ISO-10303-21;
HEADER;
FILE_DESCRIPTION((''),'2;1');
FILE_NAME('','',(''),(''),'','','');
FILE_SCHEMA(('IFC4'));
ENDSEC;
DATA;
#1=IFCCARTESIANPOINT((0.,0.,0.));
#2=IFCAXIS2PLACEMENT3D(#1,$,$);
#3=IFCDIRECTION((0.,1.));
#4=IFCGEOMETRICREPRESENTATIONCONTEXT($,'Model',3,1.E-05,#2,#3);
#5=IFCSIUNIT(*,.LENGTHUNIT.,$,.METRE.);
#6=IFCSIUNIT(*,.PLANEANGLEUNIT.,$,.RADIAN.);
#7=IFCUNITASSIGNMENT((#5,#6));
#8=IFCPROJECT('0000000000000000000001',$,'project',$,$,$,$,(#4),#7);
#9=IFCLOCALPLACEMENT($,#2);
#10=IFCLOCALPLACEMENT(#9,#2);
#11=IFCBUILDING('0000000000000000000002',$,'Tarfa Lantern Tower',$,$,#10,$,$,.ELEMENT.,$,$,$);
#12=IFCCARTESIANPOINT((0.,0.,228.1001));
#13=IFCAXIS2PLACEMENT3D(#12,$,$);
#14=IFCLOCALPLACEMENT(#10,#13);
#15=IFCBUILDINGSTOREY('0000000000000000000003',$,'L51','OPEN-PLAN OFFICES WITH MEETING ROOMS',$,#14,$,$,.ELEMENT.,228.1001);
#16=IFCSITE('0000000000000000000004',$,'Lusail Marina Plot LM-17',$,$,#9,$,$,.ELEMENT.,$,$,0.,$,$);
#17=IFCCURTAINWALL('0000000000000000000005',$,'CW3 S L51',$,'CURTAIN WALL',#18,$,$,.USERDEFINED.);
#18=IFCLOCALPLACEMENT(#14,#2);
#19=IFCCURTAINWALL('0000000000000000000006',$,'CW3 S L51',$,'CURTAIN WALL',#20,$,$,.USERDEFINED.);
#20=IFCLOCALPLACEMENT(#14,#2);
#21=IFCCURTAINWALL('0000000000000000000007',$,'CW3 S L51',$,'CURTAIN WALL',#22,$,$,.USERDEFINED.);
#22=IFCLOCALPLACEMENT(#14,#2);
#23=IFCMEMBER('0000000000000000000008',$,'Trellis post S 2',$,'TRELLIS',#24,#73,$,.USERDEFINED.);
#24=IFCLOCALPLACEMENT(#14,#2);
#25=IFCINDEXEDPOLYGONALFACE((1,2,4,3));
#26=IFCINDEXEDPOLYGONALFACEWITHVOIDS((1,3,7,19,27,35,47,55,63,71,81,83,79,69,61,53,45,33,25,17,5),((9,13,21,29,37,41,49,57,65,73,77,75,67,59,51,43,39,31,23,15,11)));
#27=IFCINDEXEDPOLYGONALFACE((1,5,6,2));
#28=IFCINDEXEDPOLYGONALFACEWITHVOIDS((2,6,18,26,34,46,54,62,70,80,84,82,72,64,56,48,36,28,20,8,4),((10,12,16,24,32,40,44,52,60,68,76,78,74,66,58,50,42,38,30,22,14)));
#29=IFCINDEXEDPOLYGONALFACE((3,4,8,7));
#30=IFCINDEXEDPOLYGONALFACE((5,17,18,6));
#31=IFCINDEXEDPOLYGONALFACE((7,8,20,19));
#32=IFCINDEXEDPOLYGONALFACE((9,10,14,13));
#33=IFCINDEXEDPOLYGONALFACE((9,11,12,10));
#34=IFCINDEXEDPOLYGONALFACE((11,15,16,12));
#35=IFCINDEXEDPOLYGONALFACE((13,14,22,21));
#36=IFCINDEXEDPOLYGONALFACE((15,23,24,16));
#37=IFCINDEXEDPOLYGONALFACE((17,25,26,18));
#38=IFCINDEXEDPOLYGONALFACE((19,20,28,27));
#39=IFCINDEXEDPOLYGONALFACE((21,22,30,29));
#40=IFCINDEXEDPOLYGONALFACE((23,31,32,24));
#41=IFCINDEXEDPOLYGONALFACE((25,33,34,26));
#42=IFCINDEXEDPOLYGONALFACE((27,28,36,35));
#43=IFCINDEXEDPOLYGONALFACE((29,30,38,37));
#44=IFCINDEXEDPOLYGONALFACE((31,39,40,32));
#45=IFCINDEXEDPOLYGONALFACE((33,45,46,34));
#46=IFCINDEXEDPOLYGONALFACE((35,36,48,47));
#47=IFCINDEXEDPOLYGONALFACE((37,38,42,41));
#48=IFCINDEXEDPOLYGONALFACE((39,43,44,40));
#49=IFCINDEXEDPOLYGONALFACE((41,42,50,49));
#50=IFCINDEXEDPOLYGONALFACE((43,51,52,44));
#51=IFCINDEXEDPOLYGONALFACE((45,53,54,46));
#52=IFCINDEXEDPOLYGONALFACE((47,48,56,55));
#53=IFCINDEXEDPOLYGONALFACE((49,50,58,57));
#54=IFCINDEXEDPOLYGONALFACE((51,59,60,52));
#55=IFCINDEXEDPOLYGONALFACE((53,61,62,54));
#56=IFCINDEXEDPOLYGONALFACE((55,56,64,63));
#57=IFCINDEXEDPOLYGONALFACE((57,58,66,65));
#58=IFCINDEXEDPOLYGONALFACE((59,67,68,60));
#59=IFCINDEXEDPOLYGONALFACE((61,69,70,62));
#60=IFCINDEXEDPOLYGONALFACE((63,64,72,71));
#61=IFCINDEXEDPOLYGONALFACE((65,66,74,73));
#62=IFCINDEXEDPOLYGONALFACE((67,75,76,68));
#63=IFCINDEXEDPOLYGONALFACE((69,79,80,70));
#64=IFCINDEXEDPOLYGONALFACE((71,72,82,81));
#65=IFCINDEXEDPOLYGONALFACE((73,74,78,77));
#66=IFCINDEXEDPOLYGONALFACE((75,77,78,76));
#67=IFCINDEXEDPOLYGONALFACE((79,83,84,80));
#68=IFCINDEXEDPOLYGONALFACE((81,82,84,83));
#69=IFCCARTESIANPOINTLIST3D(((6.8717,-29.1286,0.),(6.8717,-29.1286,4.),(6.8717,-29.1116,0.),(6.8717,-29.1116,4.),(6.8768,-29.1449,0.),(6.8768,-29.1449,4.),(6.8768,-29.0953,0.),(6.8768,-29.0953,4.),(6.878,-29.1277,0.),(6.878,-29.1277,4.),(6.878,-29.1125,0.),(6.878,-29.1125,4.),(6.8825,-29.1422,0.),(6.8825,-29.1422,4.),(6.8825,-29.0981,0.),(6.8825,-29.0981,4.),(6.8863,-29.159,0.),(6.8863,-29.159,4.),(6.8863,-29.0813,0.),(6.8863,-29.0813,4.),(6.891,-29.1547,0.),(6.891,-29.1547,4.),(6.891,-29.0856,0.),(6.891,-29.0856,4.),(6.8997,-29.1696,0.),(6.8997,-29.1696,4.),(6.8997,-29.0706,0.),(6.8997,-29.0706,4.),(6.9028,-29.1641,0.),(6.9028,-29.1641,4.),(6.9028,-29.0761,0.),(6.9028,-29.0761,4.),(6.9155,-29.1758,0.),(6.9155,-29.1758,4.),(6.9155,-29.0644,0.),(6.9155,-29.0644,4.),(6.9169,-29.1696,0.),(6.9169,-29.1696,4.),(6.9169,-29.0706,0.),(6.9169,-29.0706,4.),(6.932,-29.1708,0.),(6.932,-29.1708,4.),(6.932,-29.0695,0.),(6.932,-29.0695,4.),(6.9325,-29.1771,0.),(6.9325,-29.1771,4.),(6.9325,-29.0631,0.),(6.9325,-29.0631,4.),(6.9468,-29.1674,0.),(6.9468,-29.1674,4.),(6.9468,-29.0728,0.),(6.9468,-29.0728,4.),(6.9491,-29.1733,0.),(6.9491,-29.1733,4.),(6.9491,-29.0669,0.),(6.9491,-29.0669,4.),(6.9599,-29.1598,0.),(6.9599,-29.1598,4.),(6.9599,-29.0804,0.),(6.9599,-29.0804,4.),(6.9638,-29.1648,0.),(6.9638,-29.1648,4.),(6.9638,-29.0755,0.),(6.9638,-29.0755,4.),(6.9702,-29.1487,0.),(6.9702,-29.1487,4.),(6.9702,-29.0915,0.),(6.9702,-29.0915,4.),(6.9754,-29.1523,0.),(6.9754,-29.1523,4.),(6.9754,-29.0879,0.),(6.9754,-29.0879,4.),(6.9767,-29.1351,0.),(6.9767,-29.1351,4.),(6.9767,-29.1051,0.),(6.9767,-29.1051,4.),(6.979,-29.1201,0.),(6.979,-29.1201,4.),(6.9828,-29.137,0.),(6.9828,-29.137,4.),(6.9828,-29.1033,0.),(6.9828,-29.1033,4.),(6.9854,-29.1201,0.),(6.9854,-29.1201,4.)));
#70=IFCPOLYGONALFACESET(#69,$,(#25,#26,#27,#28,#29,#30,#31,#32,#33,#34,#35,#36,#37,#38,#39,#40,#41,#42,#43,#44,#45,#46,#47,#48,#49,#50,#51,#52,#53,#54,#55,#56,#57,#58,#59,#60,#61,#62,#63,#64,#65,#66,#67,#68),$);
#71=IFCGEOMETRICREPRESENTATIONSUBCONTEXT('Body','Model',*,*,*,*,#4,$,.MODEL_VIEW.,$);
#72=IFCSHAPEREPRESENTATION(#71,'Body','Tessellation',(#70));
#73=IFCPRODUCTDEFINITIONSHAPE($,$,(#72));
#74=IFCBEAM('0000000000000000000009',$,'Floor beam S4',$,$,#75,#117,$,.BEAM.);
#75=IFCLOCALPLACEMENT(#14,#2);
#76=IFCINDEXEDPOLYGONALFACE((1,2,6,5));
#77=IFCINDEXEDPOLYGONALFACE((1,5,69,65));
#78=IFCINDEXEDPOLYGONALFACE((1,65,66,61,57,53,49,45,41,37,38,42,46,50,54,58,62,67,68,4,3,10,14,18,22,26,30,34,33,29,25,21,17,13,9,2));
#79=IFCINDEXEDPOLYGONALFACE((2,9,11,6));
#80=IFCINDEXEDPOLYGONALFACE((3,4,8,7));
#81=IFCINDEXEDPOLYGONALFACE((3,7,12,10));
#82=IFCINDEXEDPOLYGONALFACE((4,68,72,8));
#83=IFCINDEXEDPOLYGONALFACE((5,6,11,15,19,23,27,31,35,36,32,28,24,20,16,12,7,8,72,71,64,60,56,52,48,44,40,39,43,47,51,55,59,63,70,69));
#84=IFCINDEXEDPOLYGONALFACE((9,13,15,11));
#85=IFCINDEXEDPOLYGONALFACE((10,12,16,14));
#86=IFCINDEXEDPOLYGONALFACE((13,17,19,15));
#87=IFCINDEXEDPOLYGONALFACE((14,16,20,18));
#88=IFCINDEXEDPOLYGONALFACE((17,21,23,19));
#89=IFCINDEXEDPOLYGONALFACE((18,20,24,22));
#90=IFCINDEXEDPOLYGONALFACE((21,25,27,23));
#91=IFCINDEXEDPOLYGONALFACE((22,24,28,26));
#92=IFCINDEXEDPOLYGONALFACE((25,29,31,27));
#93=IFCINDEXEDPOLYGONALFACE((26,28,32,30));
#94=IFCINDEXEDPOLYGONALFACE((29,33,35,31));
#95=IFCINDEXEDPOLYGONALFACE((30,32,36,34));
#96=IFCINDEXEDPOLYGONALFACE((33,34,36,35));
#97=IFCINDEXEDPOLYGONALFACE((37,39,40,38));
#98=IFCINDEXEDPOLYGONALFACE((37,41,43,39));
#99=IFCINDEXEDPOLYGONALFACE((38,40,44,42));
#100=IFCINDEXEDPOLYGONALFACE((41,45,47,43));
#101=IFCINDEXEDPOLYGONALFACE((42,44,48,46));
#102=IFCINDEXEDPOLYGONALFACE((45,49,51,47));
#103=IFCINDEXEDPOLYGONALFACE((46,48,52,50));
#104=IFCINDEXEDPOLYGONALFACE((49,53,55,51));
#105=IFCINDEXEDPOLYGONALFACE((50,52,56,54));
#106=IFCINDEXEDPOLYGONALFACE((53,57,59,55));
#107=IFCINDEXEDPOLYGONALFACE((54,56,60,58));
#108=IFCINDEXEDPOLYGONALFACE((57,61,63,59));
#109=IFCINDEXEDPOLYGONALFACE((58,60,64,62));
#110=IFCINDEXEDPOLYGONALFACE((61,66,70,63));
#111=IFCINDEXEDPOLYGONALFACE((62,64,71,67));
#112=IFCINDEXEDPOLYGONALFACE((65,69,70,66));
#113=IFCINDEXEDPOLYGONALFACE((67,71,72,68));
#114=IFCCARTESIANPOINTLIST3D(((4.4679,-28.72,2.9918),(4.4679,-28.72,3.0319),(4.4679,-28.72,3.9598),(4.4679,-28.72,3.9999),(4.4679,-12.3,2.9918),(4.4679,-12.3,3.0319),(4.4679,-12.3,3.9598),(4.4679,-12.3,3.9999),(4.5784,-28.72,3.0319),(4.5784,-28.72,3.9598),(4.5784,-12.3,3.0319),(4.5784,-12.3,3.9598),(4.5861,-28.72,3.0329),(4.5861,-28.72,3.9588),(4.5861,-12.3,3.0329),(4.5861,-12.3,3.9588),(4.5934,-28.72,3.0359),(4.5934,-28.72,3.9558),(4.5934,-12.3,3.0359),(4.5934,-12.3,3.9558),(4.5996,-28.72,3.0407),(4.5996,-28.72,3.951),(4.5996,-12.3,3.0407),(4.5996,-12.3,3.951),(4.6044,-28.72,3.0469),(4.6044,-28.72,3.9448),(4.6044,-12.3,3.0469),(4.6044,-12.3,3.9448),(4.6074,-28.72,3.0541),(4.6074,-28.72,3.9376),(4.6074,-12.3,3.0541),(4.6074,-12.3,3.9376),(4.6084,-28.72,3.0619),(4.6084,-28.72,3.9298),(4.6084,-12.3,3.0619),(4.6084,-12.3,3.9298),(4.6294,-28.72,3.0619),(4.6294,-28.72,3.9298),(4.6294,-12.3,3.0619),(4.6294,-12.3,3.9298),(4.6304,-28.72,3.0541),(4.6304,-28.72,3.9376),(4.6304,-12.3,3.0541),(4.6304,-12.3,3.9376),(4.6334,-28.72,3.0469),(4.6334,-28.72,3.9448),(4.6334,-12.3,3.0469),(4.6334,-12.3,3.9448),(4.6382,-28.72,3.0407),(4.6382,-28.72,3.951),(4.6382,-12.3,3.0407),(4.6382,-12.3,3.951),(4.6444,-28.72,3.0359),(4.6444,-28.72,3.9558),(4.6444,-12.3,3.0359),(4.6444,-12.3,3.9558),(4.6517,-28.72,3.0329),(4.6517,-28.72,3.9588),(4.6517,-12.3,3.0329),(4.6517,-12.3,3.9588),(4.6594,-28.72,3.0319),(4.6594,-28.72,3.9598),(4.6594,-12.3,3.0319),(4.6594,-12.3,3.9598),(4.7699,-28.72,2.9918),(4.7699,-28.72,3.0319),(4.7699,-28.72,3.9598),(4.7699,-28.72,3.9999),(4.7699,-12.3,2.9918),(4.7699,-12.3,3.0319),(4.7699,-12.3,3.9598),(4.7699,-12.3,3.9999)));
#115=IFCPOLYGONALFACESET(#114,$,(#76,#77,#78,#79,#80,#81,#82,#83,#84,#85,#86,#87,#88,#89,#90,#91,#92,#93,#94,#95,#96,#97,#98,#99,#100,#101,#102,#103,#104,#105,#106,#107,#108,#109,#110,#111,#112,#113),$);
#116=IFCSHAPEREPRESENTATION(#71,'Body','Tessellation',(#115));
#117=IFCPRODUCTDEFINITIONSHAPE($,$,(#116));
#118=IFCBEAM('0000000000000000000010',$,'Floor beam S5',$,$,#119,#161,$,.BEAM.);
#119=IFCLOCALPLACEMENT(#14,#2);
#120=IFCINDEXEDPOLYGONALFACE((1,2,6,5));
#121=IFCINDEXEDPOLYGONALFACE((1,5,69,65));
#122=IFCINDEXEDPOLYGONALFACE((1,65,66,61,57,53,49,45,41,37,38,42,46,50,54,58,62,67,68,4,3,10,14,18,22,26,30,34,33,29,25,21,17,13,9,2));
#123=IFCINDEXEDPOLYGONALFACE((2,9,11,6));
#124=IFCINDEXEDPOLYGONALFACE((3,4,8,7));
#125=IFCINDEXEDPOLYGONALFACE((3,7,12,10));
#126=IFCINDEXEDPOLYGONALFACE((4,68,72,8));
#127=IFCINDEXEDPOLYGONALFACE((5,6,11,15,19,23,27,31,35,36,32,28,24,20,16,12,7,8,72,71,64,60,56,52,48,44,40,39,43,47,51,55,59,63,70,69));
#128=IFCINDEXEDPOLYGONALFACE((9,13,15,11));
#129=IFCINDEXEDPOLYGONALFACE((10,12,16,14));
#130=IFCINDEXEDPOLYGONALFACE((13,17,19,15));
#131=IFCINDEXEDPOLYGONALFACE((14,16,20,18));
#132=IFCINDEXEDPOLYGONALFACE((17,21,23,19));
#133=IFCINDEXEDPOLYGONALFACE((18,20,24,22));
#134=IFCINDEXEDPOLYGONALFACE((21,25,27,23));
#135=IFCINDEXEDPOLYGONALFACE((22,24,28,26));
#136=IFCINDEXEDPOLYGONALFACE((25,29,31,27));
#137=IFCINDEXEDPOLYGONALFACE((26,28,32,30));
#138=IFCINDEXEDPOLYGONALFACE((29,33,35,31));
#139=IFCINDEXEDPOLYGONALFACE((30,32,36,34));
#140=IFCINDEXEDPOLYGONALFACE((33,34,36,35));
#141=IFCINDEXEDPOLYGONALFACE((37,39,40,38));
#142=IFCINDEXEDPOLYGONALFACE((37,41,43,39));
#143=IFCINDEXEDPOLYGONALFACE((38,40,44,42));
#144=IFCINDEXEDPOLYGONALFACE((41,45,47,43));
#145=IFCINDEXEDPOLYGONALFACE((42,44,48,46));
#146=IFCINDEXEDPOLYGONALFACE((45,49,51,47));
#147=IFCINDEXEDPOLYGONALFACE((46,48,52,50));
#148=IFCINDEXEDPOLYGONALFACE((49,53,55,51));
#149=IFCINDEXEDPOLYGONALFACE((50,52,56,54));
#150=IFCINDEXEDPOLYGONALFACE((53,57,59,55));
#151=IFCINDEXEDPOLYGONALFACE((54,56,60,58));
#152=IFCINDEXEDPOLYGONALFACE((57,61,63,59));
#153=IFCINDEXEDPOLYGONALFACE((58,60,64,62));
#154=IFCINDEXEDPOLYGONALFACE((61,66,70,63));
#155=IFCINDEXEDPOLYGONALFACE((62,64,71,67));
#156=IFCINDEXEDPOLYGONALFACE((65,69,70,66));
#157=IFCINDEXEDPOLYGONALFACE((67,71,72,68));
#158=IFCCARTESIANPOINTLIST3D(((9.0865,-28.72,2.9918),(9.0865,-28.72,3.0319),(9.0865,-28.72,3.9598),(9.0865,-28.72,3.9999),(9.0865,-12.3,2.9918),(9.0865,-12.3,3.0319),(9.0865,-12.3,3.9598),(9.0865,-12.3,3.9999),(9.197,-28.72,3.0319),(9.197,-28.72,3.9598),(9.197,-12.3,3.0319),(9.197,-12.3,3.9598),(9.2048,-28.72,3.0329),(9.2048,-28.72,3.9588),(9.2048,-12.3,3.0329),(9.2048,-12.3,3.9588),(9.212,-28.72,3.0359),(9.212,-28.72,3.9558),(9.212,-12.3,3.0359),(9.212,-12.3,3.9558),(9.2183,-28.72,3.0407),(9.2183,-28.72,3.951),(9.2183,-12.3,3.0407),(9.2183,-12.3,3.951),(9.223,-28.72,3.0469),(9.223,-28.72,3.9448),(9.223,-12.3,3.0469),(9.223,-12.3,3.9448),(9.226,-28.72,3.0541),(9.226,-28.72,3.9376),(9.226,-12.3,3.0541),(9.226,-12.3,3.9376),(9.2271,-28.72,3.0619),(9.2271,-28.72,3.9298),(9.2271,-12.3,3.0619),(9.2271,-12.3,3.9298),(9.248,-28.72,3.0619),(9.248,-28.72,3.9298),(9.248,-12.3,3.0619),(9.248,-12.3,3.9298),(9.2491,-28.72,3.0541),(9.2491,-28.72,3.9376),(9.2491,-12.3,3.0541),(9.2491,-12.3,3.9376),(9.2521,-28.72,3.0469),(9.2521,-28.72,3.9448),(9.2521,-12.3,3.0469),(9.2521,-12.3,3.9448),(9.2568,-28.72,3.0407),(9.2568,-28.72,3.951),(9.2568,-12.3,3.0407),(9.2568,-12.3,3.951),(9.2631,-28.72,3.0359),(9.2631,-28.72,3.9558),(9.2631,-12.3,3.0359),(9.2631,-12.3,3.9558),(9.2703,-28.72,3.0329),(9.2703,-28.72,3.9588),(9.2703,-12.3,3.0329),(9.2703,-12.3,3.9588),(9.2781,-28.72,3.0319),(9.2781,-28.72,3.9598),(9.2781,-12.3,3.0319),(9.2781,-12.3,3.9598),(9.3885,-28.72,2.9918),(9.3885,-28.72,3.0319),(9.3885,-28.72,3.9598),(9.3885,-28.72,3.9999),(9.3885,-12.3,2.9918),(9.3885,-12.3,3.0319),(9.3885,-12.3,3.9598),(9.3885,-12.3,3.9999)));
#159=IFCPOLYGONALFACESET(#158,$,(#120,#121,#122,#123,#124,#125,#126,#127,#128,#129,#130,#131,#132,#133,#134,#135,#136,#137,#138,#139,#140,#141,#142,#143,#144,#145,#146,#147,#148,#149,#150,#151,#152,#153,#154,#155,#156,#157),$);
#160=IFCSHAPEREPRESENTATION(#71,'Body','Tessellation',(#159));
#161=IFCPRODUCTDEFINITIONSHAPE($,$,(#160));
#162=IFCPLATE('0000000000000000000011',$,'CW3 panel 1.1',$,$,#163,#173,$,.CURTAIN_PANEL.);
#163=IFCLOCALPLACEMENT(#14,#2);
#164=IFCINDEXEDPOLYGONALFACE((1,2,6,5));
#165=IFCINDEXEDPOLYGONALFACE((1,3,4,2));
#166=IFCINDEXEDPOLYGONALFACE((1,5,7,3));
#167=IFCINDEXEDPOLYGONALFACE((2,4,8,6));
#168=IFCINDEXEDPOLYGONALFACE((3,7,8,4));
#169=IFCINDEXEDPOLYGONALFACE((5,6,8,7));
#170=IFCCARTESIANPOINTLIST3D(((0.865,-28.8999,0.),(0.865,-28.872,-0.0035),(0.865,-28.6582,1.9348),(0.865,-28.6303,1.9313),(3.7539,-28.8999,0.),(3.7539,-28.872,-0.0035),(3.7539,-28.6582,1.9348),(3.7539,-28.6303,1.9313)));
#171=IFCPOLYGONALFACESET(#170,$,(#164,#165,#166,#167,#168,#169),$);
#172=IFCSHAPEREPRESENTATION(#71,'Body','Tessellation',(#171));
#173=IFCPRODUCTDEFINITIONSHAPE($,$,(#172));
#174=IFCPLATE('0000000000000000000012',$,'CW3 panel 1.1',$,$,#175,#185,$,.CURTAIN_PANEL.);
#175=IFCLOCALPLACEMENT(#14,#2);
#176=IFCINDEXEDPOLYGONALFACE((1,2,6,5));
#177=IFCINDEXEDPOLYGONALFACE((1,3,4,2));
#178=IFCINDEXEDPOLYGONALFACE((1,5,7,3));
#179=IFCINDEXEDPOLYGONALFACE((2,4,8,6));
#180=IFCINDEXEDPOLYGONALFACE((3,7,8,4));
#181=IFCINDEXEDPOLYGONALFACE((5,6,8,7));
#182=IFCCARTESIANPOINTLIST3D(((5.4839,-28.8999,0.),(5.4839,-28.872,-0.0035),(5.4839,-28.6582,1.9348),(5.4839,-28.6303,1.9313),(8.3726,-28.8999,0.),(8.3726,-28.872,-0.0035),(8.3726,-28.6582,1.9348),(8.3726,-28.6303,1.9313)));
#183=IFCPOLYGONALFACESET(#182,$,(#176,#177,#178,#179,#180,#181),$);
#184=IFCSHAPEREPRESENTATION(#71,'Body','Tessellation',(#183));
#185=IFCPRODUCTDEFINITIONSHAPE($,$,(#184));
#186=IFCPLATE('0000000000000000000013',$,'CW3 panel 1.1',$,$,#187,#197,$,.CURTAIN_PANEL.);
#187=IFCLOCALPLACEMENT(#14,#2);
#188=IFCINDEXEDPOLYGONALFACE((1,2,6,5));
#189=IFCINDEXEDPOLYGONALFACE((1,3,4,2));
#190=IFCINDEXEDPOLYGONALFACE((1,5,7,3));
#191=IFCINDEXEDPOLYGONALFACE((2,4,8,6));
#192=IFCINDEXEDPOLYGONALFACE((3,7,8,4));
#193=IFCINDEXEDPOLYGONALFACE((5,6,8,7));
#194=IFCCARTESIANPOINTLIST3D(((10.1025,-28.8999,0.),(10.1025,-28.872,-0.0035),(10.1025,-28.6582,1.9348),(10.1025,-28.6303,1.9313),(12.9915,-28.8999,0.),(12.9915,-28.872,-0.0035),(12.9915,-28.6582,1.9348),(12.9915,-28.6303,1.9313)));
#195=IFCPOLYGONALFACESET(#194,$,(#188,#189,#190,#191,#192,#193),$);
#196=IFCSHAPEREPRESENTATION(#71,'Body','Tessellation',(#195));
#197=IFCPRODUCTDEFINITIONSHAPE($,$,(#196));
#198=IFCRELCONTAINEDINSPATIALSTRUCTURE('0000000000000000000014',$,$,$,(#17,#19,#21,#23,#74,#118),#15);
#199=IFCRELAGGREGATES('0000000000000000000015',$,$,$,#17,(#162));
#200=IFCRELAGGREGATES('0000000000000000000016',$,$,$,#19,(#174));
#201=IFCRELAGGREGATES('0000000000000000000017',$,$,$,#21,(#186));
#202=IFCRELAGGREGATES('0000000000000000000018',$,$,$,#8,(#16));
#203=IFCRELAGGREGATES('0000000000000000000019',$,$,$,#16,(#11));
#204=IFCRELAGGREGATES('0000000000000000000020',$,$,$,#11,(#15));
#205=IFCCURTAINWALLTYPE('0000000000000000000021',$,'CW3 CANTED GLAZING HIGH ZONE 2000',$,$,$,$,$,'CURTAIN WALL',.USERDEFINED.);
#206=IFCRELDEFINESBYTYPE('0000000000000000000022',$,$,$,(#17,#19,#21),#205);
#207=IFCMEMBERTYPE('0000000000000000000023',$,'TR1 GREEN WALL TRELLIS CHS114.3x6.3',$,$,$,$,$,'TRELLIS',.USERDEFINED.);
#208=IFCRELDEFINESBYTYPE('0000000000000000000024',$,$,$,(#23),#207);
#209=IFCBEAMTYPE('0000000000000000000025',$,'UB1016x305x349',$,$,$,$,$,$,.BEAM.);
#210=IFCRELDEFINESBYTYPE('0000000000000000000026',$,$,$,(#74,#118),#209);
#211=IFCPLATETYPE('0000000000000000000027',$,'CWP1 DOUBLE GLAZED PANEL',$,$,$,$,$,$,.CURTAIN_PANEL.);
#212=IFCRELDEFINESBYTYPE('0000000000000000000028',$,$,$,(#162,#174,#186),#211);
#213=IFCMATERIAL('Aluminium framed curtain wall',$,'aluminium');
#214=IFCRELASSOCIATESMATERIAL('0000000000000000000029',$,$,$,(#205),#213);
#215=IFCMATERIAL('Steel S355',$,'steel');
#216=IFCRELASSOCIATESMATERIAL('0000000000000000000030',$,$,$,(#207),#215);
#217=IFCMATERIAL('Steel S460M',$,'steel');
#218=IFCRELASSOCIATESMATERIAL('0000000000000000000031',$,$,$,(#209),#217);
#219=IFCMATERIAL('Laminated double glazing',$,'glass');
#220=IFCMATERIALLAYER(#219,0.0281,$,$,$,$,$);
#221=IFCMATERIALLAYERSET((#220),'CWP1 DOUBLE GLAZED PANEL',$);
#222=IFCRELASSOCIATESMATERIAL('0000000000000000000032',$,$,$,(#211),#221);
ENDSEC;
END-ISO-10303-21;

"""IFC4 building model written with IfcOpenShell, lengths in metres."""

from ifc_helpers import new_model, si_unit, direction, frame, origin, origin_2d, place, context, subcontext, project, spatial, polyline, hollow_circle, i_section, outline, extrude, material, layer, layer_set, material_profile, profile_set, type_object, element, aggregate, save


model = new_model("IFC4")

# Units and contexts
model_context = context("Model", 3, precision=1e-05, world=origin(), true_north=direction((0.0, 1.0)))
body_context = subcontext(model_context, "Body", "Model", "MODEL_VIEW")
ifc_project = project(units=[si_unit("LENGTHUNIT", "METRE"), si_unit("PLANEANGLEUNIT", "RADIAN")], contexts=[model_context])

# Site, building, storey
site_placement = place(None, origin())
site = spatial("IfcSite", under=ifc_project, at=site_placement, Name="Lusail Marina Plot LM-17", CompositionType="ELEMENT", RefElevation=0.0)
building_placement = place(site_placement, origin())
building = spatial("IfcBuilding", under=site, at=building_placement, Name="Tarfa Lantern Tower", CompositionType="ELEMENT")
storey_placement = place(building_placement, frame((0.0, 0.0, 228.1001)))
storey = spatial("IfcBuildingStorey", under=building, at=storey_placement, Name="L51", Description="OPEN-PLAN OFFICES WITH MEETING ROOMS", CompositionType="ELEMENT", Elevation=228.1001)

# Curtain walls
ifc_material_1 = material(Name="Aluminium framed curtain wall", Category="aluminium")
curtain_wall_type = type_object("IfcCurtainWallType", Name="CW3 CANTED GLAZING HIGH ZONE 2000", ElementType="CURTAIN WALL", PredefinedType="USERDEFINED", material=ifc_material_1)
curtain_wall_1_placement = place(storey_placement, origin())
curtain_wall_1 = element("IfcCurtainWall", 1, at=curtain_wall_1_placement, inside=storey, type_object=curtain_wall_type, Name="CW3 S L51", ObjectType="CURTAIN WALL", PredefinedType="USERDEFINED")
curtain_wall_2_placement = place(storey_placement, origin())
curtain_wall_2 = element("IfcCurtainWall", 2, at=curtain_wall_2_placement, inside=storey, type_object=curtain_wall_type, Name="CW3 S L51", ObjectType="CURTAIN WALL", PredefinedType="USERDEFINED")
curtain_wall_3_placement = place(storey_placement, origin())
curtain_wall_3 = element("IfcCurtainWall", 3, at=curtain_wall_3_placement, inside=storey, type_object=curtain_wall_type, Name="CW3 S L51", ObjectType="CURTAIN WALL", PredefinedType="USERDEFINED")

# Member
ifc_material_2 = material(Name="Steel S355", Category="steel")
ifc_material_profile_1 = material_profile(ifc_material_2, hollow_circle(Radius=0.0571, WallThickness=0.0063, at=origin_2d()), Name="CHS114.3x6.3")
ifc_profile_set_1 = profile_set([ifc_material_profile_1], Name="Steel S355")
member_type_1 = type_object("IfcMemberType", Name="TR1 GREEN WALL TRELLIS CHS114.3x6.3", ElementType="TRELLIS", PredefinedType="USERDEFINED", material=ifc_profile_set_1)
member_1_placement = place(storey_placement, frame((6.9282, -29.1201, 0.0), z_axis=(0.0, 0.0, 1.0), x_axis=(1.0, 0.0, 0.0)))
element("IfcMember", 4, at=member_1_placement, inside=storey, type_object=member_type_1, Name="Trellis post S 2", ObjectType="TRELLIS", PredefinedType="USERDEFINED", context=body_context, shape_type="SweptSolid", body=[
    extrude(hollow_circle(Radius=0.0571, WallThickness=0.0063, at=origin_2d()), origin(), (0.0, 0.0, 1.0), 4.0),
])

# Beams
ifc_material_3 = material(Name="Steel S460M", Category="steel")
ifc_material_profile_2 = material_profile(ifc_material_3, i_section(OverallWidth=0.302, OverallDepth=1.0081, WebThickness=0.021, FlangeThickness=0.04, FilletRadius=0.03, at=origin_2d()), Name="UB1016x305x349")
ifc_profile_set_2 = profile_set([ifc_material_profile_2], Name="Steel S460M")
beam_type_1 = type_object("IfcBeamType", Name="UB1016x305x349", PredefinedType="BEAM", material=ifc_profile_set_2)
for number, where, z_axis, x_axis, name in (
    (5, (4.6189, -28.72, 3.4958), (0.0, 1.0, 0.0), (-1.0, 0.0, 0.0), "Floor beam S4"),
    (6, (9.2375, -28.72, 3.4958), (0.0, 1.0, 0.0), (-1.0, 0.0, 0.0), "Floor beam S5"),
):
    element("IfcBeam", number, at=place(storey_placement, frame(where, z_axis=z_axis, x_axis=x_axis)), inside=storey, type_object=beam_type_1, Name=name, PredefinedType="BEAM", context=body_context, shape_type="SweptSolid", body=[
        extrude(i_section(OverallWidth=0.302, OverallDepth=1.0081, WebThickness=0.021, FlangeThickness=0.04, FilletRadius=0.03, at=origin_2d()), origin(), (0.0, 0.0, 1.0), 16.4199),
    ])

# Plates
ifc_material_4 = material(Name="Laminated double glazing", Category="glass")
ifc_layer_1 = layer(ifc_material_4, 0.0281)
ifc_layer_set_1 = layer_set([ifc_layer_1], Name="CWP1 DOUBLE GLAZED PANEL")
plate_type = type_object("IfcPlateType", Name="CWP1 DOUBLE GLAZED PANEL", PredefinedType="CURTAIN_PANEL", material=ifc_layer_set_1)
plate_1_placement = place(storey_placement, frame((0.865, -28.8999, 0.0), z_axis=(0.0, -0.992288, 0.123958), x_axis=(1.0, 0.0, 0.0)))
plate_1 = element("IfcPlate", 7, at=plate_1_placement, type_object=plate_type, Name="CW3 panel 1.1", PredefinedType="CURTAIN_PANEL", context=body_context, shape_type="SweptSolid", body=[
    extrude(outline(polyline([(0.0, 0.0), (2.8889, 0.0), (2.8889, 1.9499), (0.0, 1.9499), (0.0, 0.0)])), origin(), (0.0, 0.0, -1.0), 0.0281),
])
aggregate(curtain_wall_1, [plate_1])
plate_2_placement = place(storey_placement, frame((5.4839, -28.8999, 0.0), z_axis=(0.0, -0.992288, 0.123958), x_axis=(1.0, 0.0, 0.0)))
plate_2 = element("IfcPlate", 8, at=plate_2_placement, type_object=plate_type, Name="CW3 panel 1.1", PredefinedType="CURTAIN_PANEL", context=body_context, shape_type="SweptSolid", body=[
    extrude(outline(polyline([(0.0, 0.0), (2.8887, 0.0), (2.8887, 1.9499), (0.0, 1.9499), (0.0, 0.0)])), origin(), (0.0, 0.0, -1.0), 0.0281),
])
aggregate(curtain_wall_2, [plate_2])
plate_3_placement = place(storey_placement, frame((10.1025, -28.8999, 0.0), z_axis=(0.0, -0.992288, 0.123958), x_axis=(1.0, 0.0, 0.0)))
plate_3 = element("IfcPlate", 9, at=plate_3_placement, type_object=plate_type, Name="CW3 panel 1.1", PredefinedType="CURTAIN_PANEL", context=body_context, shape_type="SweptSolid", body=[
    extrude(outline(polyline([(0.0, 0.0), (2.8889, 0.0), (2.8889, 1.9499), (0.0, 1.9499), (0.0, 0.0)])), origin(), (0.0, 0.0, -1.0), 0.0281),
])
aggregate(curtain_wall_3, [plate_3])

save(model, "model.ifc")
